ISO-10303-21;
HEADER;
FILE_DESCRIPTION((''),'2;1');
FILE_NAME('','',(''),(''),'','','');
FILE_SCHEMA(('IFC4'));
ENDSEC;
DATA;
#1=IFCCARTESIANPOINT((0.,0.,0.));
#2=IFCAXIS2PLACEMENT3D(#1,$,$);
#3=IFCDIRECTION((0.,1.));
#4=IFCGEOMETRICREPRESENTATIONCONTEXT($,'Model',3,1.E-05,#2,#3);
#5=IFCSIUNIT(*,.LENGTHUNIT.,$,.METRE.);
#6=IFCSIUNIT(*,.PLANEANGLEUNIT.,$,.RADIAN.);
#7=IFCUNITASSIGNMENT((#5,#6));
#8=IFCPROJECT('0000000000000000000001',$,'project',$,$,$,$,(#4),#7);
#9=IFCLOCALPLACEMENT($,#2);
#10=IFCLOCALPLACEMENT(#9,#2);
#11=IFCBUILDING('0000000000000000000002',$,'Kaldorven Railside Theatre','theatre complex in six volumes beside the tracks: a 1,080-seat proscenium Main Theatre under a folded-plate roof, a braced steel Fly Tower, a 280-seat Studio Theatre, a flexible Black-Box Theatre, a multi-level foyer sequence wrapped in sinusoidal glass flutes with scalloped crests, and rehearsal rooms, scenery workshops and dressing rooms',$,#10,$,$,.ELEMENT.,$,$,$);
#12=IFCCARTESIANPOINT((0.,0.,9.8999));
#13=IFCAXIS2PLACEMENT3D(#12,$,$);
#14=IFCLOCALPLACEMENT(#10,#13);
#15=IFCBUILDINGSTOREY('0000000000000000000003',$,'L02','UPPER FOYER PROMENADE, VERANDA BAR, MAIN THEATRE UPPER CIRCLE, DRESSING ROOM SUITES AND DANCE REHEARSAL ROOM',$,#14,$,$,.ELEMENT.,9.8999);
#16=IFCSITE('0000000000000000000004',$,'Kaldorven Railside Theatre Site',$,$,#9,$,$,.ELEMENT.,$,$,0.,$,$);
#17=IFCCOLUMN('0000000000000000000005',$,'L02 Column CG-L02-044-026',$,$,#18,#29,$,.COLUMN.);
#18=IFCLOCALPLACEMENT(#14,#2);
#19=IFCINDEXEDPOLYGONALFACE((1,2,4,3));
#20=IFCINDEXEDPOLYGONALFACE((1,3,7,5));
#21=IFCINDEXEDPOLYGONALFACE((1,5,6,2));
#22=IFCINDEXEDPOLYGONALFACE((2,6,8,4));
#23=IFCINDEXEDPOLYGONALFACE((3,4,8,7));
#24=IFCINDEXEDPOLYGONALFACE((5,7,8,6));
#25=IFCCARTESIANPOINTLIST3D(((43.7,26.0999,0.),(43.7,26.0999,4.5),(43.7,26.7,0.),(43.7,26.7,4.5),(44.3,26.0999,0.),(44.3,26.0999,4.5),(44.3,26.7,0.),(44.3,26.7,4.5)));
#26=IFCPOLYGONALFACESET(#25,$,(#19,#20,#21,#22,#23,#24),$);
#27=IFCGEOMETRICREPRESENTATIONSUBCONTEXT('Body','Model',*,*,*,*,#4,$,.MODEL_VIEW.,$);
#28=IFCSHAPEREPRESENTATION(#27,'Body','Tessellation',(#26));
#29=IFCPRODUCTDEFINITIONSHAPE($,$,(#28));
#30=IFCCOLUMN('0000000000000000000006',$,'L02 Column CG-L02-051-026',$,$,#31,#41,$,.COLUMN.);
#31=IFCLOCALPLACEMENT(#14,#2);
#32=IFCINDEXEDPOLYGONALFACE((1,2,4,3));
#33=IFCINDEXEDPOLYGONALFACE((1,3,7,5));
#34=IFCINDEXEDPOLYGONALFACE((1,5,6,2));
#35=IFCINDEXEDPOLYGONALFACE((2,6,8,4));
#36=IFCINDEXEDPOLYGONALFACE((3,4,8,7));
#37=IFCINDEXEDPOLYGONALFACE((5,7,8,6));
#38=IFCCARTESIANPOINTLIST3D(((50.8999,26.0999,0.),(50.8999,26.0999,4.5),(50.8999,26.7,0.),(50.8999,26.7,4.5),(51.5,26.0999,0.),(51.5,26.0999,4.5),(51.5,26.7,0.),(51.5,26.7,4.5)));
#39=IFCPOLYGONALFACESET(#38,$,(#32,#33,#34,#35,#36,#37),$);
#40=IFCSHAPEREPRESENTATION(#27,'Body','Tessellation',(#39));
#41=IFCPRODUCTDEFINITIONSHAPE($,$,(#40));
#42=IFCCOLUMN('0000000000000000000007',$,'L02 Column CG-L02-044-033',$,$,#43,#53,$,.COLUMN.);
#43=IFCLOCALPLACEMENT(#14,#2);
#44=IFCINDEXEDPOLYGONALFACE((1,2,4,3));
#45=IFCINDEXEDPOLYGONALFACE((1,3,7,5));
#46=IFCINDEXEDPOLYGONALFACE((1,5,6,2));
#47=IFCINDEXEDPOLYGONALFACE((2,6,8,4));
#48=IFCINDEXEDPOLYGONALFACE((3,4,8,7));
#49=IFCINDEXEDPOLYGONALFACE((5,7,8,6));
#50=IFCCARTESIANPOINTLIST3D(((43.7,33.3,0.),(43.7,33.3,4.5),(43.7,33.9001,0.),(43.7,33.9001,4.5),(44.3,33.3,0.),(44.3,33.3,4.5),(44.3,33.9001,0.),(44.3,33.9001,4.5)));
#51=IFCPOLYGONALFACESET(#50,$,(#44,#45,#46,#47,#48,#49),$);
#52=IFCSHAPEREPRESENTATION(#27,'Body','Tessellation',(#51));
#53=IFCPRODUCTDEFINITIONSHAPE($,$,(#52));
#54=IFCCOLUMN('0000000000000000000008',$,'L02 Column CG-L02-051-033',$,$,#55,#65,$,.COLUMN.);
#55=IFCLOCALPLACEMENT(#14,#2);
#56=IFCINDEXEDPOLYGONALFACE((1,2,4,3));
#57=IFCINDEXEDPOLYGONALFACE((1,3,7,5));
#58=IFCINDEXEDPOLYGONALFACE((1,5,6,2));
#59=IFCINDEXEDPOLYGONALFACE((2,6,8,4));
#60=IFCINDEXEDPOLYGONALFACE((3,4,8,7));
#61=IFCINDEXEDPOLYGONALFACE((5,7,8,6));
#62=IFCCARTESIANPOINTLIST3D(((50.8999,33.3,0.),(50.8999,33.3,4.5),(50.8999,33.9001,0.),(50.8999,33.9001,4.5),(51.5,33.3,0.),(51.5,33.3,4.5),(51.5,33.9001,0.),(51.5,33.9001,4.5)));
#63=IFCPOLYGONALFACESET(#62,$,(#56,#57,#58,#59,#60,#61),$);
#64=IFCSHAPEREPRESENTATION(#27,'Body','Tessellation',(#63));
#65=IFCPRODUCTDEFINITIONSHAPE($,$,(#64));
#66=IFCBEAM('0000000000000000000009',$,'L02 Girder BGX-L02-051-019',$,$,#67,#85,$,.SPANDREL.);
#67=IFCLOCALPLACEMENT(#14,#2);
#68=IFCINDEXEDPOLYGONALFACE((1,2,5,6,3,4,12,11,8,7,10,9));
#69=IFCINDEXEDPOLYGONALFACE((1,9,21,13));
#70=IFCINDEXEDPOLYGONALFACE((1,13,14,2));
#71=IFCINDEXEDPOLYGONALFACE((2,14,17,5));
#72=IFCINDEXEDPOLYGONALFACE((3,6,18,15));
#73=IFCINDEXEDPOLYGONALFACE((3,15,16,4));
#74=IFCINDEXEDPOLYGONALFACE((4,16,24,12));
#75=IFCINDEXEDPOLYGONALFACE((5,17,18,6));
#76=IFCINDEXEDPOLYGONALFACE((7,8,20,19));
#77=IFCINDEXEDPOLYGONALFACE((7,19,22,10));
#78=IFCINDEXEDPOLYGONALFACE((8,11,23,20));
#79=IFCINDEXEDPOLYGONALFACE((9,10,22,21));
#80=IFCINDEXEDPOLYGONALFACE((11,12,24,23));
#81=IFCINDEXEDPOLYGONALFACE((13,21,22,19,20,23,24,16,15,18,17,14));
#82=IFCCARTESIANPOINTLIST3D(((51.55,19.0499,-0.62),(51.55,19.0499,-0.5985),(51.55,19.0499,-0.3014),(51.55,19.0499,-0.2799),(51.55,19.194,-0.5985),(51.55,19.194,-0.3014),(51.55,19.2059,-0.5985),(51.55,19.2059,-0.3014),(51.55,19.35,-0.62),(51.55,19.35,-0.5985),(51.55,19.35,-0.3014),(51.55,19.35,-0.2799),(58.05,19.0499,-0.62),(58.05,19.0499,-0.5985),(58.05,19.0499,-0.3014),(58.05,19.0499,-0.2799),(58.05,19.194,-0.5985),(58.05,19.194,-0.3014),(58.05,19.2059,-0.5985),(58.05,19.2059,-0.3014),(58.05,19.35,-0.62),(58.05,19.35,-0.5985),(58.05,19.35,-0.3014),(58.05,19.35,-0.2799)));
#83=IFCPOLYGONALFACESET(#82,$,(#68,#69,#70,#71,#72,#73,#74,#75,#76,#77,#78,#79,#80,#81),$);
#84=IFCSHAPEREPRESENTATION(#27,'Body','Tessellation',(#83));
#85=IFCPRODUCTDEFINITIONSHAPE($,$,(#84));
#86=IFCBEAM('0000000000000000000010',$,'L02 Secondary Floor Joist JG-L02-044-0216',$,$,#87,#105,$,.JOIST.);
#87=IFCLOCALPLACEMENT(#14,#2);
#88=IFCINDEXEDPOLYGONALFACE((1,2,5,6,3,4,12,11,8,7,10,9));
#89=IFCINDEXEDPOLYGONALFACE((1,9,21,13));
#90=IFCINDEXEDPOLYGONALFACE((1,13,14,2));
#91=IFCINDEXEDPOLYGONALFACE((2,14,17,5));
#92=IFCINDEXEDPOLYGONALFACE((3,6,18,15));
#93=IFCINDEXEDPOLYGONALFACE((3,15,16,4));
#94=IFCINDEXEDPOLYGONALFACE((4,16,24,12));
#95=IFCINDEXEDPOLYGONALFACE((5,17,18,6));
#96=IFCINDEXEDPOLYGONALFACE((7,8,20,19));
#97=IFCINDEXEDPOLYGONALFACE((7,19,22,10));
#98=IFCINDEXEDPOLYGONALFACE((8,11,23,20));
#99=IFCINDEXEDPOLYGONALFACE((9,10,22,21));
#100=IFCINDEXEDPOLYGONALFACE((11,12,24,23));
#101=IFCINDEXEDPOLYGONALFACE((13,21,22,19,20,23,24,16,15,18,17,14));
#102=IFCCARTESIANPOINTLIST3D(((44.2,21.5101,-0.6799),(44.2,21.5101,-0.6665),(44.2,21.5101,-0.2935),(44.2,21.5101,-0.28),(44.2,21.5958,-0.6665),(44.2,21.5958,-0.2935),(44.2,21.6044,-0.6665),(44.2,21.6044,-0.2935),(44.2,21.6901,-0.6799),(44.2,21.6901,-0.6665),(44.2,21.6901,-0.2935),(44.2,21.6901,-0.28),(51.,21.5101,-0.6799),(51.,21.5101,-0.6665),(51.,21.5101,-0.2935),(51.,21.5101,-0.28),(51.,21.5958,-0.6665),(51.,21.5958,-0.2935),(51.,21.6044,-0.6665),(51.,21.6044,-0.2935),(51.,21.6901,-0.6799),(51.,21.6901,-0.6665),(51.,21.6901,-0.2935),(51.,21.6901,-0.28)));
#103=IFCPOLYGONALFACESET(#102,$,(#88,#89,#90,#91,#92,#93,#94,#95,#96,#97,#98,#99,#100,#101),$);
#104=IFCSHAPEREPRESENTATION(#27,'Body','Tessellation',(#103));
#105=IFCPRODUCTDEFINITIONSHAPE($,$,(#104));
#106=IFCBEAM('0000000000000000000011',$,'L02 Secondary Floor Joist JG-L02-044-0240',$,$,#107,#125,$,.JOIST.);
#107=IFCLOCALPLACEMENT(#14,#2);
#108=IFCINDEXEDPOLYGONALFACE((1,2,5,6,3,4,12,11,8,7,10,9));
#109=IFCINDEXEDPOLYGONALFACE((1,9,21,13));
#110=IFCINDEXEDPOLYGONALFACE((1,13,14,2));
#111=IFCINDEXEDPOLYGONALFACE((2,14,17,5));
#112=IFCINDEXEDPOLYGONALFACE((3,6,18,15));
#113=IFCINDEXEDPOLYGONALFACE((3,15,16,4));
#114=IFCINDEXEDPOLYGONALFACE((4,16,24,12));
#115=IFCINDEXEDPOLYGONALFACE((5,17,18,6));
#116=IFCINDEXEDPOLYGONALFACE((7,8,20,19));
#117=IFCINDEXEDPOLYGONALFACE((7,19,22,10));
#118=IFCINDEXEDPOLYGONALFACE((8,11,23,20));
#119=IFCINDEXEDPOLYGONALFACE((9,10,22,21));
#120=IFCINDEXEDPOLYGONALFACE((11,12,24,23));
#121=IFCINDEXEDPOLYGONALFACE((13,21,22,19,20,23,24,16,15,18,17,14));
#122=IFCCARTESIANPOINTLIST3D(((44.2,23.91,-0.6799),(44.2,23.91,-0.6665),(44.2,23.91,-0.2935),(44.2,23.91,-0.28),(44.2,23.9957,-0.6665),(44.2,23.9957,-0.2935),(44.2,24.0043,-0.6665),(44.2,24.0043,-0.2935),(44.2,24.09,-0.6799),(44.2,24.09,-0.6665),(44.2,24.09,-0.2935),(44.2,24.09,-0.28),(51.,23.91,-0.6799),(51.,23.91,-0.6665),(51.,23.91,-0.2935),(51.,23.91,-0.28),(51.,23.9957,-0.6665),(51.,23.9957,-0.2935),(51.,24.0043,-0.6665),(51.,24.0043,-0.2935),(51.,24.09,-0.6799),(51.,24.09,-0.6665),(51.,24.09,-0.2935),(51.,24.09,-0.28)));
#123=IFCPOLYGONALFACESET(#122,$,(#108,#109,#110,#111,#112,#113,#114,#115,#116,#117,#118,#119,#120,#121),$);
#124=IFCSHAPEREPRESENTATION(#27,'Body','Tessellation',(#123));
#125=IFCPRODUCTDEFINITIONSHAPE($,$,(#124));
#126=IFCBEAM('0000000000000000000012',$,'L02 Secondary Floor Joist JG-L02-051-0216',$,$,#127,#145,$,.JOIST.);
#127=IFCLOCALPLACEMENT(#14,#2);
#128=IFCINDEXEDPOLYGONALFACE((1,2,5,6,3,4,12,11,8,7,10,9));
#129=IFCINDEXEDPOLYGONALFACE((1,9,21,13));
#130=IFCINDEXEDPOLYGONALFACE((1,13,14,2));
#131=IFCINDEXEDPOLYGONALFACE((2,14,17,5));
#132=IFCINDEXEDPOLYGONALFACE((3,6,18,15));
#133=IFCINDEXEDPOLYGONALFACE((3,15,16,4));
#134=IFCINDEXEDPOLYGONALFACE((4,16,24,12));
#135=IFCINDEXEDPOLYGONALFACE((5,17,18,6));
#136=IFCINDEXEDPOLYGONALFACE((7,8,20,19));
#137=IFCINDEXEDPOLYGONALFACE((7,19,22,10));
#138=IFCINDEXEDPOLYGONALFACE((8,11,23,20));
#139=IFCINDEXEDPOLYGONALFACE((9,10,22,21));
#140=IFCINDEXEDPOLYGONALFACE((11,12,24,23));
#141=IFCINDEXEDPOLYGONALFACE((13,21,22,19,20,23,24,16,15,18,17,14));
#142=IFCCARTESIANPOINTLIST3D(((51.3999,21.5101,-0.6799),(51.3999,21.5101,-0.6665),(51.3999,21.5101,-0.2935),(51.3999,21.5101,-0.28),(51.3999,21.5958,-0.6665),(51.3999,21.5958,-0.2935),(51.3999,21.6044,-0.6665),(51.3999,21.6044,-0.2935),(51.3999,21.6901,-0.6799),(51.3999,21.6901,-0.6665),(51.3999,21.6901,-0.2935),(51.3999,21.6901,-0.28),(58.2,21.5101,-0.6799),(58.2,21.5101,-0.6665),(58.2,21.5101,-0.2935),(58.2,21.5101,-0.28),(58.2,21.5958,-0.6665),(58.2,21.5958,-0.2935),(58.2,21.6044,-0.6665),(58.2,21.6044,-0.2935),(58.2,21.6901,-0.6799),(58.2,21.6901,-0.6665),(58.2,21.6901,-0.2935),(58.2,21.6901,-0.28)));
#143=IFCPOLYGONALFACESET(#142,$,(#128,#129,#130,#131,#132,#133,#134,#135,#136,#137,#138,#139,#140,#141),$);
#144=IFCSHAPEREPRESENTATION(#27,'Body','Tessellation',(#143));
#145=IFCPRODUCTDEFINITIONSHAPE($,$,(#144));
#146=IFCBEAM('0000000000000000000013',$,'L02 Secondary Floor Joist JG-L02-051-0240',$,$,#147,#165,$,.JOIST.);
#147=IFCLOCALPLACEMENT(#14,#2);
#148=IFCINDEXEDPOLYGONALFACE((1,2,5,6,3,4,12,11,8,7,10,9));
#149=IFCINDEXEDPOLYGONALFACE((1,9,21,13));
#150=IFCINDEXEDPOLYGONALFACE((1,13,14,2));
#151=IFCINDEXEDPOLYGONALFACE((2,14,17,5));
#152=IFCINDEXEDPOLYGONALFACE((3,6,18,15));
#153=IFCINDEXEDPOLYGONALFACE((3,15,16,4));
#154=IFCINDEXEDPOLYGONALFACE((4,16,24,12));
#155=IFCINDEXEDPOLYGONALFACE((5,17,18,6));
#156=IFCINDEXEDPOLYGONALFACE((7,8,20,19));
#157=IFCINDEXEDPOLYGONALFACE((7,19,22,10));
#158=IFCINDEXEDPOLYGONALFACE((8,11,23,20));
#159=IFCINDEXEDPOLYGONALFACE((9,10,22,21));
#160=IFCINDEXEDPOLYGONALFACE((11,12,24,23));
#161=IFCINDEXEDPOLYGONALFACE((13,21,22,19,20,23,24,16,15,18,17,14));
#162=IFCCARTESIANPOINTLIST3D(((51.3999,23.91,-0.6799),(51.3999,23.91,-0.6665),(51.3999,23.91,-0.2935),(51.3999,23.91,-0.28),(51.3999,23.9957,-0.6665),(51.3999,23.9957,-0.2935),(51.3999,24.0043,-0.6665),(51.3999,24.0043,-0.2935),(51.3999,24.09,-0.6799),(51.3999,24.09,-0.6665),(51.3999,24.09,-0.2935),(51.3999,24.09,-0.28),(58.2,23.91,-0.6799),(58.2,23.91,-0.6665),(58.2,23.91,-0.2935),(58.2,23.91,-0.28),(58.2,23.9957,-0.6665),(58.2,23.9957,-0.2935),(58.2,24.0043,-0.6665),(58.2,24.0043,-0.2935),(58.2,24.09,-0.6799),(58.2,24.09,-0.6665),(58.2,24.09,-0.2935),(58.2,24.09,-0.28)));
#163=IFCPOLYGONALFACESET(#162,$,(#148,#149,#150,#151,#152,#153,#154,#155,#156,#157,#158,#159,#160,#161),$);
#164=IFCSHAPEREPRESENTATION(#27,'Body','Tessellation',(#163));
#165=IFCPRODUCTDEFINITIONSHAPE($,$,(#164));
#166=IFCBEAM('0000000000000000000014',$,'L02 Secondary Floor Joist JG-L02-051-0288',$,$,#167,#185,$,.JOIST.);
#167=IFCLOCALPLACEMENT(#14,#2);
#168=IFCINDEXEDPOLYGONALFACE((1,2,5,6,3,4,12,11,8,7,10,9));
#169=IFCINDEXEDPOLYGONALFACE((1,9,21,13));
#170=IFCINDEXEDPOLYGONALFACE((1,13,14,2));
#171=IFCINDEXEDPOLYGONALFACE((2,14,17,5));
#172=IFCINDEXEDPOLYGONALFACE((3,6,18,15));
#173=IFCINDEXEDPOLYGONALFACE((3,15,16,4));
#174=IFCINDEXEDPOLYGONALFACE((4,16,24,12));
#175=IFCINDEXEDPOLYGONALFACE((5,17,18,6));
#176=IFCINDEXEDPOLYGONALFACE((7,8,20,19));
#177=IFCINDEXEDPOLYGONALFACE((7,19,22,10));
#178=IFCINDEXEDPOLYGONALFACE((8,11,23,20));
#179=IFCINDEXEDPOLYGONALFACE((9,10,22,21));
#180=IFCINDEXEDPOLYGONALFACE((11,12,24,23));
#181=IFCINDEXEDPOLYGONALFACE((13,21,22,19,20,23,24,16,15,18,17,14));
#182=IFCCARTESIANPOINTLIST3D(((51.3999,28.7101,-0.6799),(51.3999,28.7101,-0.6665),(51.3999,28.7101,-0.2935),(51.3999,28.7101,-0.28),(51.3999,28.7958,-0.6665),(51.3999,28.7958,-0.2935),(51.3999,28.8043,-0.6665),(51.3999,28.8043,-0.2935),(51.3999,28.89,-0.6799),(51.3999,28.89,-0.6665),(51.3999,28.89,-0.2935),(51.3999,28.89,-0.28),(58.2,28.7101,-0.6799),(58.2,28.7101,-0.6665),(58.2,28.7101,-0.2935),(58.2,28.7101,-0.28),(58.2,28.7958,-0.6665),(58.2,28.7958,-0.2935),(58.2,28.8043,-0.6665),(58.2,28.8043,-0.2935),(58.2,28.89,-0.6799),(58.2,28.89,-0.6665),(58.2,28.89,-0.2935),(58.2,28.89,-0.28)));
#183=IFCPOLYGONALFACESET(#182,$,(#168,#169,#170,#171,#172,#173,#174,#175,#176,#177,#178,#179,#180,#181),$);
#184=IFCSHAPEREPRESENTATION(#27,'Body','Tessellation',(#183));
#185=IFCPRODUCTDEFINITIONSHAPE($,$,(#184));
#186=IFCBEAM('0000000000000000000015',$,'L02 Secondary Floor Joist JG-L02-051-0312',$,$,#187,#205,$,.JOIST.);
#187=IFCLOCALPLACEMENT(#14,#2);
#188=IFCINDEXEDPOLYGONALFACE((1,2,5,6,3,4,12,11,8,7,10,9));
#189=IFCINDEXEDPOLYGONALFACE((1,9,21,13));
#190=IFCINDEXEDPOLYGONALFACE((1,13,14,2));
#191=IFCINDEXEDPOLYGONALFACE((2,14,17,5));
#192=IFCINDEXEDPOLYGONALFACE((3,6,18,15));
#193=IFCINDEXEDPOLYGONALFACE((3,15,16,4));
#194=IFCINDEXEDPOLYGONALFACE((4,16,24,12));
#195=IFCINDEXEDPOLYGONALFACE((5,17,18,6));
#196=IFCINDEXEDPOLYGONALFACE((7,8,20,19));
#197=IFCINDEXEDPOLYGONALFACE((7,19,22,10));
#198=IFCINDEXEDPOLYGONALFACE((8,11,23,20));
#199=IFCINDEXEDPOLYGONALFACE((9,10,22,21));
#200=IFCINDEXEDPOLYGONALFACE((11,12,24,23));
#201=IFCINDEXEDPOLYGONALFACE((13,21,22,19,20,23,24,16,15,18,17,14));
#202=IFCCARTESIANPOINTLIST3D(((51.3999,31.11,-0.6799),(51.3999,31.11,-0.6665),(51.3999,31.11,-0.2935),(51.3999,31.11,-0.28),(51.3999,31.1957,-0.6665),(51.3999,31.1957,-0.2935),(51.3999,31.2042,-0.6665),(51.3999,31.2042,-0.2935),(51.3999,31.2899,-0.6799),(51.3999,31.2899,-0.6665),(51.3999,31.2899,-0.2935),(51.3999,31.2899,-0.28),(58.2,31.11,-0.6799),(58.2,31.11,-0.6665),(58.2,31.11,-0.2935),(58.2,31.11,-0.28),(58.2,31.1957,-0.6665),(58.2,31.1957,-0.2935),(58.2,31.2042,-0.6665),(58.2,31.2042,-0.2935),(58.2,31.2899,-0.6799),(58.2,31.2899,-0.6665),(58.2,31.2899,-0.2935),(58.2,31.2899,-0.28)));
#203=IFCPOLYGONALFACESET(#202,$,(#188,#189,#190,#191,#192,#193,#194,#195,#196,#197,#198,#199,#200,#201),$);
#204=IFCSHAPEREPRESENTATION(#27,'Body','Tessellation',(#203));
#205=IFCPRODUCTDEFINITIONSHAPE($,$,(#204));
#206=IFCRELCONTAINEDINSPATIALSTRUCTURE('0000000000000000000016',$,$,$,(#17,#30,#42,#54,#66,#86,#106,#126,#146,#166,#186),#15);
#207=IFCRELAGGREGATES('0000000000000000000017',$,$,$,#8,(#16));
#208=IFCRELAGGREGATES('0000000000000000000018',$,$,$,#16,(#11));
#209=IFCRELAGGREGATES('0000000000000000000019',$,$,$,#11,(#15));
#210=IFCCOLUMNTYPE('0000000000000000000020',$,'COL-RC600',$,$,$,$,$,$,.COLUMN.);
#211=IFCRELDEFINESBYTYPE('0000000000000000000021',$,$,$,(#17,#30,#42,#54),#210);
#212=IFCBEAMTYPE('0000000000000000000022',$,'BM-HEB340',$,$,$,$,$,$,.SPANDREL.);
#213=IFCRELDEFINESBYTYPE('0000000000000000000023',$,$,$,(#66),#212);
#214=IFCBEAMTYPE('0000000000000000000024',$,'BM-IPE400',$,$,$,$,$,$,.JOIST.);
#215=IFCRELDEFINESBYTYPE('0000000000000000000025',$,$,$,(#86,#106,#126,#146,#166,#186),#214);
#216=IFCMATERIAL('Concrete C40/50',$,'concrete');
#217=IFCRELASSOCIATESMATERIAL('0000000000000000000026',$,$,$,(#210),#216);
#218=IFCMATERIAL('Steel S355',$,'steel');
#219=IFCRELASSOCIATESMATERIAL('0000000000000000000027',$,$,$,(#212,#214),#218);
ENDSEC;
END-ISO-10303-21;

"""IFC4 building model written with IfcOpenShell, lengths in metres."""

from ifc_helpers import new_model, si_unit, direction, frame, origin, origin_2d, place, context, subcontext, project, spatial, rectangle, i_section, extrude, material, material_profile, profile_set, type_object, element, save


model = new_model("IFC4")

# Units and contexts
model_context = context("Model", 3, precision=1e-05, world=origin(), true_north=direction((0.0, 1.0)))
body_context = subcontext(model_context, "Body", "Model", "MODEL_VIEW")
ifc_project = project(units=[si_unit("LENGTHUNIT", "METRE"), si_unit("PLANEANGLEUNIT", "RADIAN")], contexts=[model_context])

# Site, building, storey
site_placement = place(None, origin())
site = spatial("IfcSite", under=ifc_project, at=site_placement, Name="Kaldorven Railside Theatre Site", CompositionType="ELEMENT", RefElevation=0.0)
building_placement = place(site_placement, origin())
building = spatial("IfcBuilding", under=site, at=building_placement, Name="Kaldorven Railside Theatre", Description="theatre complex in six volumes beside the tracks: a 1,080-seat proscenium Main Theatre under a folded-plate roof, a braced steel Fly Tower, a 280-seat Studio Theatre, a flexible Black-Box Theatre, a multi-level foyer sequence wrapped in sinusoidal glass flutes with scalloped crests, and rehearsal rooms, scenery workshops and dressing rooms", CompositionType="ELEMENT")
storey_placement = place(building_placement, frame((0.0, 0.0, 9.8999)))
storey = spatial("IfcBuildingStorey", under=building, at=storey_placement, Name="L02", Description="UPPER FOYER PROMENADE, VERANDA BAR, MAIN THEATRE UPPER CIRCLE, DRESSING ROOM SUITES AND DANCE REHEARSAL ROOM", CompositionType="ELEMENT", Elevation=9.8999)

# Columns
ifc_material_1 = material(Name="Concrete C40/50", Category="concrete")
ifc_material_profile_1 = material_profile(ifc_material_1, rectangle(XDim=0.6001, YDim=0.6001, at=origin_2d()), Name="RC 600x600")
ifc_profile_set_1 = profile_set([ifc_material_profile_1], Name="Concrete C40/50")
column_type = type_object("IfcColumnType", Name="COL-RC600", PredefinedType="COLUMN", material=ifc_profile_set_1)
for number, where, z_axis, x_axis, name in (
    (1, (44.0, 26.3999, 0.0), (0.0, 0.0, 1.0), (1.0, 0.0, 0.0), "L02 Column CG-L02-044-026"),
    (2, (51.2, 26.3999, 0.0), (0.0, 0.0, 1.0), (0.0, 1.0, 0.0), "L02 Column CG-L02-051-026"),
    (3, (44.0, 33.6001, 0.0), (0.0, 0.0, 1.0), (0.0, 1.0, 0.0), "L02 Column CG-L02-044-033"),
    (4, (51.2, 33.6001, 0.0), (0.0, 0.0, 1.0), (1.0, 0.0, 0.0), "L02 Column CG-L02-051-033"),
):
    element("IfcColumn", number, at=place(storey_placement, frame(where, z_axis=z_axis, x_axis=x_axis)), inside=storey, type_object=column_type, Name=name, PredefinedType="COLUMN", context=body_context, shape_type="SweptSolid", body=[
        extrude(rectangle(XDim=0.6001, YDim=0.6001, at=origin_2d()), origin(), (0.0, 0.0, 1.0), 4.5),
    ])

# Beams
ifc_material_2 = material(Name="Steel S355", Category="steel")
ifc_material_profile_2 = material_profile(ifc_material_2, i_section(OverallWidth=0.3, OverallDepth=0.3401, WebThickness=0.012, FlangeThickness=0.0215, at=origin_2d()), Name="HEB 340")
ifc_profile_set_2 = profile_set([ifc_material_profile_2], Name="Steel S355")
beam_type_1 = type_object("IfcBeamType", Name="BM-HEB340", PredefinedType="SPANDREL", material=ifc_profile_set_2)
beam_placement = place(storey_placement, frame((51.55, 19.2, -0.45), z_axis=(1.0, 0.0, 0.0), x_axis=(0.0, 1.0, 0.0)))
element("IfcBeam", 5, at=beam_placement, inside=storey, type_object=beam_type_1, Name="L02 Girder BGX-L02-051-019", PredefinedType="SPANDREL", context=body_context, shape_type="SweptSolid", body=[
    extrude(i_section(OverallWidth=0.3, OverallDepth=0.3401, WebThickness=0.012, FlangeThickness=0.0215, at=origin_2d()), origin(), (0.0, 0.0, 1.0), 6.5),
])
ifc_material_profile_3 = material_profile(ifc_material_2, i_section(OverallWidth=0.1799, OverallDepth=0.3999, WebThickness=0.0085, FlangeThickness=0.0134, at=origin_2d()), Name="IPE 400")
ifc_profile_set_3 = profile_set([ifc_material_profile_3], Name="Steel S355")
beam_type_2 = type_object("IfcBeamType", Name="BM-IPE400", PredefinedType="JOIST", material=ifc_profile_set_3)
for number, where, z_axis, x_axis, name in (
    (6, (44.2, 21.6001, -0.48), (1.0, 0.0, 0.0), (0.0, 1.0, 0.0), "L02 Secondary Floor Joist JG-L02-044-0216"),
    (7, (44.2, 24.0, -0.48), (1.0, 0.0, 0.0), (0.0, 1.0, 0.0), "L02 Secondary Floor Joist JG-L02-044-0240"),
    (8, (51.3999, 21.6001, -0.48), (1.0, 0.0, 0.0), (0.0, 1.0, 0.0), "L02 Secondary Floor Joist JG-L02-051-0216"),
    (9, (51.3999, 24.0, -0.48), (1.0, 0.0, 0.0), (0.0, 1.0, 0.0), "L02 Secondary Floor Joist JG-L02-051-0240"),
    (10, (51.3999, 28.8, -0.48), (1.0, 0.0, 0.0), (0.0, 1.0, 0.0), "L02 Secondary Floor Joist JG-L02-051-0288"),
    (11, (51.3999, 31.2, -0.48), (1.0, 0.0, 0.0), (0.0, 1.0, 0.0), "L02 Secondary Floor Joist JG-L02-051-0312"),
):
    element("IfcBeam", number, at=place(storey_placement, frame(where, z_axis=z_axis, x_axis=x_axis)), inside=storey, type_object=beam_type_2, Name=name, PredefinedType="JOIST", context=body_context, shape_type="SweptSolid", body=[
        extrude(i_section(OverallWidth=0.1799, OverallDepth=0.3999, WebThickness=0.0085, FlangeThickness=0.0134, at=origin_2d()), origin(), (0.0, 0.0, 1.0), 6.8),
    ])

save(model, "model.ifc")
